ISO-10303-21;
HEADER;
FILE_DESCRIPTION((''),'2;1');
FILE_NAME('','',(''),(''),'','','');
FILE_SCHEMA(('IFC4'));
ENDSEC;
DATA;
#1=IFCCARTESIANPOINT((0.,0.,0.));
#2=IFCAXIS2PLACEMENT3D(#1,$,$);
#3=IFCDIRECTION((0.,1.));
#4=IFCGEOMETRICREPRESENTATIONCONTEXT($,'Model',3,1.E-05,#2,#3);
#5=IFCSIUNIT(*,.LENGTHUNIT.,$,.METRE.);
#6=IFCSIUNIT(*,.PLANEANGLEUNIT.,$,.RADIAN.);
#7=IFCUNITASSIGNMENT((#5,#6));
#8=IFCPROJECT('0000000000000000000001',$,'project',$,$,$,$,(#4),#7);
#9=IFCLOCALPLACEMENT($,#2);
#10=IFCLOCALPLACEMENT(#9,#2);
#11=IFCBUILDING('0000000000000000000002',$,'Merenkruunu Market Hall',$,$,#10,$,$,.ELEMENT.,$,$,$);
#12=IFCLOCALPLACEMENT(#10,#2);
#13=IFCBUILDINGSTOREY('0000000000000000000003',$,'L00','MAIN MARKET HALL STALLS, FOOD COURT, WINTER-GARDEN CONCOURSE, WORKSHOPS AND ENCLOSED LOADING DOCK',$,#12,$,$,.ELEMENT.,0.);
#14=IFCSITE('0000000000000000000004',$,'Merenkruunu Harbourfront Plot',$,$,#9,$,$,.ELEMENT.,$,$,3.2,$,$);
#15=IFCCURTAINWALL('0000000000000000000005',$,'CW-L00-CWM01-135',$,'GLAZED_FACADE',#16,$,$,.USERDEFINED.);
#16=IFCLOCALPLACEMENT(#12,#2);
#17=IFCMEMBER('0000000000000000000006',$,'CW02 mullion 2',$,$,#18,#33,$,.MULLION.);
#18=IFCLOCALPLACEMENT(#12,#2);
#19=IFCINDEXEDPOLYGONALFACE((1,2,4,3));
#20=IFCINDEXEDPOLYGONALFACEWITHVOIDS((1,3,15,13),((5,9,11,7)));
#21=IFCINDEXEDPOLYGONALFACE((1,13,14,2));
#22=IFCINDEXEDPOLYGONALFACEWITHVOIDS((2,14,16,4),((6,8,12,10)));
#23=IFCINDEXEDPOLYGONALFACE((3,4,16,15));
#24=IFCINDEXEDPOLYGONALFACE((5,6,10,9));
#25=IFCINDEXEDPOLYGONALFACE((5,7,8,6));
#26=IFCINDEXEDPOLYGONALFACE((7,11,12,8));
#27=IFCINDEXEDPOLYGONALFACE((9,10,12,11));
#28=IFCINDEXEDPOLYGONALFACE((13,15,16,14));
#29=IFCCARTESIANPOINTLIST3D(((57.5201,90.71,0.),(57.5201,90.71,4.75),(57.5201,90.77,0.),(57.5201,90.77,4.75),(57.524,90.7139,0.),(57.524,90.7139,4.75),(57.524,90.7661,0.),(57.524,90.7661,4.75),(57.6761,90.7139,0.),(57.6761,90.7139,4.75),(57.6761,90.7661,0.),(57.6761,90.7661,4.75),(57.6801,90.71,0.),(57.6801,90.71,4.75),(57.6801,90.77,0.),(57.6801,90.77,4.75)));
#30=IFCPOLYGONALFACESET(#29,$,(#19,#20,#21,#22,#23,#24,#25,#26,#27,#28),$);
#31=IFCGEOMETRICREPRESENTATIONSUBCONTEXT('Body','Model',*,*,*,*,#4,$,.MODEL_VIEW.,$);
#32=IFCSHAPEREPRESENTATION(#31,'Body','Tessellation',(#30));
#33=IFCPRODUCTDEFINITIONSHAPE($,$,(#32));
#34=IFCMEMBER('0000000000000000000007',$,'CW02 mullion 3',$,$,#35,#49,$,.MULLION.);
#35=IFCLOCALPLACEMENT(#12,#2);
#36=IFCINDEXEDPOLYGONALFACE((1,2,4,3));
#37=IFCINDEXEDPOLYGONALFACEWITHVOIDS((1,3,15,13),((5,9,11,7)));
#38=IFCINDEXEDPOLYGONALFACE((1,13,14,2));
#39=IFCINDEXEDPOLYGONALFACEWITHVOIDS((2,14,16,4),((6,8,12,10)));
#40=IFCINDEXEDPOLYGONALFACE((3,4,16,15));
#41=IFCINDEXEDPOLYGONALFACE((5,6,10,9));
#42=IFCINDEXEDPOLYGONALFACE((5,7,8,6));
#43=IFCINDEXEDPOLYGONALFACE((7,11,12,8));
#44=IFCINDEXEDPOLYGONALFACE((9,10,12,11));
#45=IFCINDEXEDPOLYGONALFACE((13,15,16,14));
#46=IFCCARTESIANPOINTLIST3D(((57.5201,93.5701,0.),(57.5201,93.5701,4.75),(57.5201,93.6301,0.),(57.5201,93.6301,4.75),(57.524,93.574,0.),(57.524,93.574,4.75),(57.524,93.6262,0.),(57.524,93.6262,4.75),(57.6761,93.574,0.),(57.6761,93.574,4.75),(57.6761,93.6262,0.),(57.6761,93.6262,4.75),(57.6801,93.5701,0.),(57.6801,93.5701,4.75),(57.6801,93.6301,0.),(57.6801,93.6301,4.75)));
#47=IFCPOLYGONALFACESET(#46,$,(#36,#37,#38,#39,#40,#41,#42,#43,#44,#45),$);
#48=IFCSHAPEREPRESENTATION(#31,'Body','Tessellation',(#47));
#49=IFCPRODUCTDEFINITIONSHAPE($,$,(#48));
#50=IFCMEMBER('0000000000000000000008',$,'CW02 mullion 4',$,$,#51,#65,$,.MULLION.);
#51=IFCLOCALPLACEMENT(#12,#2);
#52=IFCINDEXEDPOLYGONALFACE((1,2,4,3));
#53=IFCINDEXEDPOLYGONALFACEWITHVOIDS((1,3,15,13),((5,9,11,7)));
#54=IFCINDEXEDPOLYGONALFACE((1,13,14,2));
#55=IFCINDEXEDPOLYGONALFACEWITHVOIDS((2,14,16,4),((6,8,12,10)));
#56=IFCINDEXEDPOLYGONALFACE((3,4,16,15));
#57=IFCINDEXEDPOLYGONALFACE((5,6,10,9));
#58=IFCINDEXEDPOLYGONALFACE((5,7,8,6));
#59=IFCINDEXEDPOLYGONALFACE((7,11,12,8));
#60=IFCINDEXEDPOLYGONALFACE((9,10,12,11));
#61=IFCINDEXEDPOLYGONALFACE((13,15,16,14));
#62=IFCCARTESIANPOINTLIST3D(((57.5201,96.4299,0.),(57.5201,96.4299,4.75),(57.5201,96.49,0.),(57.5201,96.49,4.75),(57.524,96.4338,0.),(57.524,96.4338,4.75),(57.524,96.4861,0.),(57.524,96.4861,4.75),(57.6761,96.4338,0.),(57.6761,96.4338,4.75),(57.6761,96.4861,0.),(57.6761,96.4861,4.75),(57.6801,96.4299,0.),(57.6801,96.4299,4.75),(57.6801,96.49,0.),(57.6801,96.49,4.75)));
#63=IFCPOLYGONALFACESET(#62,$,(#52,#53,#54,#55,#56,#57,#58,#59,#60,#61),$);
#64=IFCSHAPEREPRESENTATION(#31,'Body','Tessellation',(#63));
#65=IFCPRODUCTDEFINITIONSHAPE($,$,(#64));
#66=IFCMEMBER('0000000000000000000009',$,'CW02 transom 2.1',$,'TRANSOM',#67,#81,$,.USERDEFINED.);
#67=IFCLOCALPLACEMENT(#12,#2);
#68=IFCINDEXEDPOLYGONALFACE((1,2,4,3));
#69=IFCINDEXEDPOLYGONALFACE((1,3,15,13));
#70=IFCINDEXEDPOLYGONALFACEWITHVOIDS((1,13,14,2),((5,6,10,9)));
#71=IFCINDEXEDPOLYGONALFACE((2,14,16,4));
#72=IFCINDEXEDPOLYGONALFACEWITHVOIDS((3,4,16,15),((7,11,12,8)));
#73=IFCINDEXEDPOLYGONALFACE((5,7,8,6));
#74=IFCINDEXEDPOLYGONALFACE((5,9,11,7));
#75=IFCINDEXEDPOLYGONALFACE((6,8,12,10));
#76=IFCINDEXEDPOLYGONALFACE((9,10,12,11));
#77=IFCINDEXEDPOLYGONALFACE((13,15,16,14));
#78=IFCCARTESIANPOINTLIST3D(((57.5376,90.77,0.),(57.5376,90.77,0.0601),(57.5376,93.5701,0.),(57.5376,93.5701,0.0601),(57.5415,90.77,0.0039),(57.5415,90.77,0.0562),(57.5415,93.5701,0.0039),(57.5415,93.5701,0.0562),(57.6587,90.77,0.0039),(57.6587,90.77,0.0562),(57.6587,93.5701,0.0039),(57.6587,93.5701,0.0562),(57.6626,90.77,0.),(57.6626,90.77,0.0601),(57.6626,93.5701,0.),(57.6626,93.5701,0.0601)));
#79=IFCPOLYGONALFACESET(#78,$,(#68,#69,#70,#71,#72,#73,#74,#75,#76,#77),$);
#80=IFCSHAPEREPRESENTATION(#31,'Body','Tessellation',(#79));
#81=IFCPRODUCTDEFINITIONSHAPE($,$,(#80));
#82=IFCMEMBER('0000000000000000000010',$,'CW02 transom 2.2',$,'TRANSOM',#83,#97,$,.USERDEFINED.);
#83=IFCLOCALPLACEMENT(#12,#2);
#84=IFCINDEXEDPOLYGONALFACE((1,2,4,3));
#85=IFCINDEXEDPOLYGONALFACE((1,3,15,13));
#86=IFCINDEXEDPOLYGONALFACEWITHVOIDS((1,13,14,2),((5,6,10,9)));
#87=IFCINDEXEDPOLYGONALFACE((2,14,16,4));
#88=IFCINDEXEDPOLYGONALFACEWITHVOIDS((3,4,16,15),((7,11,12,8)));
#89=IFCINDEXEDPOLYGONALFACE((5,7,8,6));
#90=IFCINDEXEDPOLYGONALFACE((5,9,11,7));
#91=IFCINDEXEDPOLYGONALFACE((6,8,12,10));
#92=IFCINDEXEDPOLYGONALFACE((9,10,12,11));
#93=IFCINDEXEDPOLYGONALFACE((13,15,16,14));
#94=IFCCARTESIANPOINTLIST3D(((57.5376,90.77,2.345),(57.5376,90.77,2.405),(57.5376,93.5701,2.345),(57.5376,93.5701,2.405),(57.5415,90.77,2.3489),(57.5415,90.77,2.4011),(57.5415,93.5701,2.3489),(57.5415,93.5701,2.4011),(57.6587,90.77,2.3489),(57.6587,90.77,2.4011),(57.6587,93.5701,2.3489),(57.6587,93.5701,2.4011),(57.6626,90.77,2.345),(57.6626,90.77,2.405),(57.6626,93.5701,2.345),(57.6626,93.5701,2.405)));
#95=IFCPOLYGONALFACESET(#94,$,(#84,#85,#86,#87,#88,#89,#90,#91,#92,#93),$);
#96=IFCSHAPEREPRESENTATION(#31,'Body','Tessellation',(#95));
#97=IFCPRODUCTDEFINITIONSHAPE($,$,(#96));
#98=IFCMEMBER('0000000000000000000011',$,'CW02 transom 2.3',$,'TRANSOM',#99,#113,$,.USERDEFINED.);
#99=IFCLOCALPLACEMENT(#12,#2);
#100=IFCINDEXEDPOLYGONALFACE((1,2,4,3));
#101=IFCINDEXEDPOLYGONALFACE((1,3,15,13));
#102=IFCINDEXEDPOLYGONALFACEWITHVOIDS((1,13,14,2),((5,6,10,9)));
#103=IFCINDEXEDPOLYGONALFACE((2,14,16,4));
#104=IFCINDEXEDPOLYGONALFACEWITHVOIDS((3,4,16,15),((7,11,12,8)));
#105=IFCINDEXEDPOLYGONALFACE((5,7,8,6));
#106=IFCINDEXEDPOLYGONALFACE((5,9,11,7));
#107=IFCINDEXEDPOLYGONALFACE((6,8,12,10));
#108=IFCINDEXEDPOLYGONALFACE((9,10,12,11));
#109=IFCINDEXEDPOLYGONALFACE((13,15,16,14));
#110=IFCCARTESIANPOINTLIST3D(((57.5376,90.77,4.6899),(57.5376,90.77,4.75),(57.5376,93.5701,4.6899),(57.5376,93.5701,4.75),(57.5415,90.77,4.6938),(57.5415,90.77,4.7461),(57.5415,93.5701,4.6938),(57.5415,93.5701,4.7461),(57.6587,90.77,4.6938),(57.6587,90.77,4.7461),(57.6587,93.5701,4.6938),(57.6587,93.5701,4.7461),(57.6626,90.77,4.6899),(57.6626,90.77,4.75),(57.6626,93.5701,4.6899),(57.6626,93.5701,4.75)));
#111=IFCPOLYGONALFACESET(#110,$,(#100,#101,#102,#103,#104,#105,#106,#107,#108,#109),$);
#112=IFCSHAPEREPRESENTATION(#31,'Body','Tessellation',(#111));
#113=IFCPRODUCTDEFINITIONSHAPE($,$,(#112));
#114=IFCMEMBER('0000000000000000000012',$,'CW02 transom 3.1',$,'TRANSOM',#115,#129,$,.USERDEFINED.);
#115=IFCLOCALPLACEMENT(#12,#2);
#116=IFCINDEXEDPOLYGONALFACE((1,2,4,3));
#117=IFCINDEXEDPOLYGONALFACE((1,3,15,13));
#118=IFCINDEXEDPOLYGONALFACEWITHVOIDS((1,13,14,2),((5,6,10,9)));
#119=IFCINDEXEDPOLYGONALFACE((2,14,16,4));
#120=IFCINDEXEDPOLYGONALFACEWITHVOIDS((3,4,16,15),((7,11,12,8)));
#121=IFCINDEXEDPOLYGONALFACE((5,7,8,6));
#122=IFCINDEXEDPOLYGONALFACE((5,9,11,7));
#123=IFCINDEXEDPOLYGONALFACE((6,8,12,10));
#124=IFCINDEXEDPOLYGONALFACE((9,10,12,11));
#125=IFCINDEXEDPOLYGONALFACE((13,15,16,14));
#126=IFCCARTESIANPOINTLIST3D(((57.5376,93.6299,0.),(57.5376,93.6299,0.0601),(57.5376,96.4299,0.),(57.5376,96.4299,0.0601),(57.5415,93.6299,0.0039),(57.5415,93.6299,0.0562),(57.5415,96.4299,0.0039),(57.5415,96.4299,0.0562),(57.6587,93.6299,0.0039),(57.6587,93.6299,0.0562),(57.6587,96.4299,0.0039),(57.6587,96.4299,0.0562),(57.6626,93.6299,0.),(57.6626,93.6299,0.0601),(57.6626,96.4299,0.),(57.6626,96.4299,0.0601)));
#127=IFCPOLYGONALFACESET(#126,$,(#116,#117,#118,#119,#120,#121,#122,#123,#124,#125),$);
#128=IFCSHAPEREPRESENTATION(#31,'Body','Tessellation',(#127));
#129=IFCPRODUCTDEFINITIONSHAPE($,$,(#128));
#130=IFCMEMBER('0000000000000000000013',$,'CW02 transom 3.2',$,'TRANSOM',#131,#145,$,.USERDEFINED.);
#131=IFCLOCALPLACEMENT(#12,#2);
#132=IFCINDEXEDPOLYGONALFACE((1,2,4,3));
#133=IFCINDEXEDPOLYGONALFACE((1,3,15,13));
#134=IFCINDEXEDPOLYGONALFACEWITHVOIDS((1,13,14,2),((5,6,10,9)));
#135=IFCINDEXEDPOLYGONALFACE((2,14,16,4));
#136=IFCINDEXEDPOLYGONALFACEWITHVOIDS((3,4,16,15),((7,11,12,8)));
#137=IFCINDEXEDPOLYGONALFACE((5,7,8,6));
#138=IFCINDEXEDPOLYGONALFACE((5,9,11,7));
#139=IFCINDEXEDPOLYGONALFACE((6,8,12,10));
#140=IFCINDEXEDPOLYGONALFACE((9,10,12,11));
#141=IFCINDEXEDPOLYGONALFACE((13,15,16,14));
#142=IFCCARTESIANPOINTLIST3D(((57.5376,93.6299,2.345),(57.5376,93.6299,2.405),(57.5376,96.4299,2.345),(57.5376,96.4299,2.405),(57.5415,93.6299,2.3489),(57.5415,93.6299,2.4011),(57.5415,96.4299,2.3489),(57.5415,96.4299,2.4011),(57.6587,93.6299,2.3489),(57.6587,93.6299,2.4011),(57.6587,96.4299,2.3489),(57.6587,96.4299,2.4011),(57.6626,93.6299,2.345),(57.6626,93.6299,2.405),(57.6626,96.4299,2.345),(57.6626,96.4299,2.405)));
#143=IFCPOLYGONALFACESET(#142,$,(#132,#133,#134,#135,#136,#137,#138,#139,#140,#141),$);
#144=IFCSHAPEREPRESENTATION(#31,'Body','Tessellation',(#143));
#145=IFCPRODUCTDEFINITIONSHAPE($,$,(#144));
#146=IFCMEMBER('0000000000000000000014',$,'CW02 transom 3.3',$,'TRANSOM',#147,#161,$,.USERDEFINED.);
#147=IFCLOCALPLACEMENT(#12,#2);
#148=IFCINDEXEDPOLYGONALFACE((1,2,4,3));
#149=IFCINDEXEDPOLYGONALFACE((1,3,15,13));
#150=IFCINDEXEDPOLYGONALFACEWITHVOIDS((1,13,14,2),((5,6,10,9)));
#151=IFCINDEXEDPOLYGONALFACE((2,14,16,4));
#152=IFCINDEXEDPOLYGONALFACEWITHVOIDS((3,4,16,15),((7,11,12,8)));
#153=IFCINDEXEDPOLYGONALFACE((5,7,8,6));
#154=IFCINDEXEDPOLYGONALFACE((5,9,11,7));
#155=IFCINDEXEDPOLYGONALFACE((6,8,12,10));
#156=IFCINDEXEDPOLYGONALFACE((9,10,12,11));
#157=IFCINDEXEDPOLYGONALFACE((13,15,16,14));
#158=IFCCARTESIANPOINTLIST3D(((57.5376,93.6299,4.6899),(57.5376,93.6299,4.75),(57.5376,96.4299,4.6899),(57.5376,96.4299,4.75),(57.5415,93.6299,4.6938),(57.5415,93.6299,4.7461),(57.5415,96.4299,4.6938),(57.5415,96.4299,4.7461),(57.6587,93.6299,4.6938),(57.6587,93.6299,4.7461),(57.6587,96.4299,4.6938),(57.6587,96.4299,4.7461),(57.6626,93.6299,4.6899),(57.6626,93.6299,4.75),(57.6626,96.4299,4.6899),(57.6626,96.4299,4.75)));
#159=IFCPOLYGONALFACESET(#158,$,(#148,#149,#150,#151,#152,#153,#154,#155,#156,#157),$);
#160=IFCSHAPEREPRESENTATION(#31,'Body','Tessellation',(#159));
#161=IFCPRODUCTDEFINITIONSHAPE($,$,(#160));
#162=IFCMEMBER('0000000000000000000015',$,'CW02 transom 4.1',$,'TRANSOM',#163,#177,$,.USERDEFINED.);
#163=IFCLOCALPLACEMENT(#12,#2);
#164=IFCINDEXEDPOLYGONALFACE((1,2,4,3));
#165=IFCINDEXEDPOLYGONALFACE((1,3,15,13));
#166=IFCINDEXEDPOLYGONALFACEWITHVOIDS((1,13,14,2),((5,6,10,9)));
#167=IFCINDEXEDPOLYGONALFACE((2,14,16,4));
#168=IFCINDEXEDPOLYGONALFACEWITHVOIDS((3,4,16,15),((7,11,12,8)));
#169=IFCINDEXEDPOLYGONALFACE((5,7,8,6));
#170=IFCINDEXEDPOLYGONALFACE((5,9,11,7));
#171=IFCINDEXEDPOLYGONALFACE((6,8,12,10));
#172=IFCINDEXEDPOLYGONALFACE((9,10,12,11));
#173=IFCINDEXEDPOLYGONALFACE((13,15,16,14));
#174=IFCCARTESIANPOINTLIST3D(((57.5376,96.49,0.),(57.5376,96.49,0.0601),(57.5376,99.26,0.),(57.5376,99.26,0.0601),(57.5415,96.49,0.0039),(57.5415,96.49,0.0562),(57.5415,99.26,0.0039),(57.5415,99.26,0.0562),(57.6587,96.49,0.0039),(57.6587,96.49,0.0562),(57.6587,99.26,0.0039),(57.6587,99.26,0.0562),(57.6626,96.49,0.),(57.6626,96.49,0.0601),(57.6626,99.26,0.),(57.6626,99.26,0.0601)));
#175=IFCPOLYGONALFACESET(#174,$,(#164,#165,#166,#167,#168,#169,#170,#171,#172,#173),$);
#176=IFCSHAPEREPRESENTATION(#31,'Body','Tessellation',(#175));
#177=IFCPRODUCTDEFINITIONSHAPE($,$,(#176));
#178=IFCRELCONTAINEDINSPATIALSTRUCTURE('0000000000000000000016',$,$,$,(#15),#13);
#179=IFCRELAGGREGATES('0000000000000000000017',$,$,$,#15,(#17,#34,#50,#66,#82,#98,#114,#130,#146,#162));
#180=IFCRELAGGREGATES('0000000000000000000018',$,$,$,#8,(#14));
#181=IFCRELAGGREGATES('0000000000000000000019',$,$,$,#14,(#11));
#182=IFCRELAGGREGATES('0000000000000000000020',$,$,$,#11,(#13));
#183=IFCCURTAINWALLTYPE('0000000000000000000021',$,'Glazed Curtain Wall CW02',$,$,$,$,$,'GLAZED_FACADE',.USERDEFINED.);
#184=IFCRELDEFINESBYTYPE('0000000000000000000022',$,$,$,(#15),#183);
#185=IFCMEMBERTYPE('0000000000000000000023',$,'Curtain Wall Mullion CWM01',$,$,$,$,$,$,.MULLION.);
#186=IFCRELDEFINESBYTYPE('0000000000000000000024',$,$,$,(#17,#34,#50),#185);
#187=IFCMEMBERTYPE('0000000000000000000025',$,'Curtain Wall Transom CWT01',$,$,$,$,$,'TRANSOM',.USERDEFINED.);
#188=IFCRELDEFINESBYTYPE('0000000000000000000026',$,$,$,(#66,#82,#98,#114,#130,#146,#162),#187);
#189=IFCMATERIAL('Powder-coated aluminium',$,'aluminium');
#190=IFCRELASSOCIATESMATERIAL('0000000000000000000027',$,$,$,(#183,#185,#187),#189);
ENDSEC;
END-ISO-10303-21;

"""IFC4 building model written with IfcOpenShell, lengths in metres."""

from ifc_helpers import new_model, si_unit, direction, frame, origin, origin_2d, place, context, subcontext, project, spatial, hollow_rectangle, extrude, material, material_profile, profile_set, type_object, element, aggregate, save


model = new_model("IFC4")

# Units and contexts
model_context = context("Model", 3, precision=1e-05, world=origin(), true_north=direction((0.0, 1.0)))
body_context = subcontext(model_context, "Body", "Model", "MODEL_VIEW")
ifc_project = project(units=[si_unit("LENGTHUNIT", "METRE"), si_unit("PLANEANGLEUNIT", "RADIAN")], contexts=[model_context])

# Site, building, storey
site_placement = place(None, origin())
site = spatial("IfcSite", under=ifc_project, at=site_placement, Name="Merenkruunu Harbourfront Plot", CompositionType="ELEMENT", RefElevation=3.2)
building_placement = place(site_placement, origin())
building = spatial("IfcBuilding", under=site, at=building_placement, Name="Merenkruunu Market Hall", CompositionType="ELEMENT")
storey_placement = place(building_placement, origin())
storey = spatial("IfcBuildingStorey", under=building, at=storey_placement, Name="L00", Description="MAIN MARKET HALL STALLS, FOOD COURT, WINTER-GARDEN CONCOURSE, WORKSHOPS AND ENCLOSED LOADING DOCK", CompositionType="ELEMENT", Elevation=0.0)

# Curtain wall, members
ifc_material_1 = material(Name="Powder-coated aluminium", Category="aluminium")
curtain_wall_type = type_object("IfcCurtainWallType", Name="Glazed Curtain Wall CW02", ElementType="GLAZED_FACADE", PredefinedType="USERDEFINED", material=ifc_material_1)
curtain_wall_placement = place(storey_placement, origin())
curtain_wall = element("IfcCurtainWall", 1, at=curtain_wall_placement, inside=storey, type_object=curtain_wall_type, Name="CW-L00-CWM01-135", ObjectType="GLAZED_FACADE", PredefinedType="USERDEFINED")
ifc_material_profile_1 = material_profile(ifc_material_1, hollow_rectangle(XDim=0.0601, YDim=0.1599, WallThickness=0.0039, at=origin_2d()), Name="ALU 60x160x4")
ifc_profile_set_1 = profile_set([ifc_material_profile_1], Name="Powder-coated aluminium")
member_type_1 = type_object("IfcMemberType", Name="Curtain Wall Mullion CWM01", PredefinedType="MULLION", material=ifc_profile_set_1)
member_1_placement = place(storey_placement, frame((57.6001, 90.74, 0.0), z_axis=(0.0, 0.0, 1.0), x_axis=(0.0, 1.0, 0.0)))
member_1 = element("IfcMember", 2, at=member_1_placement, type_object=member_type_1, Name="CW02 mullion 2", PredefinedType="MULLION", context=body_context, shape_type="SweptSolid", body=[
    extrude(hollow_rectangle(XDim=0.0601, YDim=0.1599, WallThickness=0.0039, at=origin_2d()), origin(), (0.0, 0.0, 1.0), 4.75),
])
member_2_placement = place(storey_placement, frame((57.6001, 93.6001, 0.0), z_axis=(0.0, 0.0, 1.0), x_axis=(0.0, 1.0, 0.0)))
member_2 = element("IfcMember", 3, at=member_2_placement, type_object=member_type_1, Name="CW02 mullion 3", PredefinedType="MULLION", context=body_context, shape_type="SweptSolid", body=[
    extrude(hollow_rectangle(XDim=0.0601, YDim=0.1599, WallThickness=0.0039, at=origin_2d()), origin(), (0.0, 0.0, 1.0), 4.75),
])
member_3_placement = place(storey_placement, frame((57.6001, 96.46, 0.0), z_axis=(0.0, 0.0, 1.0), x_axis=(0.0, 1.0, 0.0)))
member_3 = element("IfcMember", 4, at=member_3_placement, type_object=member_type_1, Name="CW02 mullion 4", PredefinedType="MULLION", context=body_context, shape_type="SweptSolid", body=[
    extrude(hollow_rectangle(XDim=0.0601, YDim=0.1599, WallThickness=0.0039, at=origin_2d()), origin(), (0.0, 0.0, 1.0), 4.75),
])
ifc_material_profile_2 = material_profile(ifc_material_1, hollow_rectangle(XDim=0.0601, YDim=0.125, WallThickness=0.0039, at=origin_2d()), Name="ALU 60x125x4")
ifc_profile_set_2 = profile_set([ifc_material_profile_2], Name="Powder-coated aluminium")
member_type_2 = type_object("IfcMemberType", Name="Curtain Wall Transom CWT01", ElementType="TRANSOM", PredefinedType="USERDEFINED", material=ifc_profile_set_2)
member_4_placement = place(storey_placement, frame((57.6001, 90.77, 0.03), z_axis=(0.0, 1.0, 0.0), x_axis=(0.0, 0.0, 1.0)))
member_4 = element("IfcMember", 5, at=member_4_placement, type_object=member_type_2, Name="CW02 transom 2.1", ObjectType="TRANSOM", PredefinedType="USERDEFINED", context=body_context, shape_type="SweptSolid", body=[
    extrude(hollow_rectangle(XDim=0.0601, YDim=0.125, WallThickness=0.0039, at=origin_2d()), origin(), (0.0, 0.0, 1.0), 2.8),
])
member_5_placement = place(storey_placement, frame((57.6001, 90.77, 2.375), z_axis=(0.0, 1.0, 0.0), x_axis=(0.0, 0.0, 1.0)))
member_5 = element("IfcMember", 6, at=member_5_placement, type_object=member_type_2, Name="CW02 transom 2.2", ObjectType="TRANSOM", PredefinedType="USERDEFINED", context=body_context, shape_type="SweptSolid", body=[
    extrude(hollow_rectangle(XDim=0.0601, YDim=0.125, WallThickness=0.0039, at=origin_2d()), origin(), (0.0, 0.0, 1.0), 2.8),
])
member_6_placement = place(storey_placement, frame((57.6001, 90.77, 4.72), z_axis=(0.0, 1.0, 0.0), x_axis=(0.0, 0.0, 1.0)))
member_6 = element("IfcMember", 7, at=member_6_placement, type_object=member_type_2, Name="CW02 transom 2.3", ObjectType="TRANSOM", PredefinedType="USERDEFINED", context=body_context, shape_type="SweptSolid", body=[
    extrude(hollow_rectangle(XDim=0.0601, YDim=0.125, WallThickness=0.0039, at=origin_2d()), origin(), (0.0, 0.0, 1.0), 2.8),
])
member_7_placement = place(storey_placement, frame((57.6001, 93.6299, 0.03), z_axis=(0.0, 1.0, 0.0), x_axis=(0.0, 0.0, 1.0)))
member_7 = element("IfcMember", 8, at=member_7_placement, type_object=member_type_2, Name="CW02 transom 3.1", ObjectType="TRANSOM", PredefinedType="USERDEFINED", context=body_context, shape_type="SweptSolid", body=[
    extrude(hollow_rectangle(XDim=0.0601, YDim=0.125, WallThickness=0.0039, at=origin_2d()), origin(), (0.0, 0.0, 1.0), 2.8),
])
member_8_placement = place(storey_placement, frame((57.6001, 93.6299, 2.375), z_axis=(0.0, 1.0, 0.0), x_axis=(0.0, 0.0, 1.0)))
member_8 = element("IfcMember", 9, at=member_8_placement, type_object=member_type_2, Name="CW02 transom 3.2", ObjectType="TRANSOM", PredefinedType="USERDEFINED", context=body_context, shape_type="SweptSolid", body=[
    extrude(hollow_rectangle(XDim=0.0601, YDim=0.125, WallThickness=0.0039, at=origin_2d()), origin(), (0.0, 0.0, 1.0), 2.8),
])
member_9_placement = place(storey_placement, frame((57.6001, 93.6299, 4.72), z_axis=(0.0, 1.0, 0.0), x_axis=(0.0, 0.0, 1.0)))
member_9 = element("IfcMember", 10, at=member_9_placement, type_object=member_type_2, Name="CW02 transom 3.3", ObjectType="TRANSOM", PredefinedType="USERDEFINED", context=body_context, shape_type="SweptSolid", body=[
    extrude(hollow_rectangle(XDim=0.0601, YDim=0.125, WallThickness=0.0039, at=origin_2d()), origin(), (0.0, 0.0, 1.0), 2.8),
])
member_10_placement = place(storey_placement, frame((57.6001, 96.49, 0.03), z_axis=(0.0, 1.0, 0.0), x_axis=(0.0, 0.0, 1.0)))
member_10 = element("IfcMember", 11, at=member_10_placement, type_object=member_type_2, Name="CW02 transom 4.1", ObjectType="TRANSOM", PredefinedType="USERDEFINED", context=body_context, shape_type="SweptSolid", body=[
    extrude(hollow_rectangle(XDim=0.0601, YDim=0.125, WallThickness=0.0039, at=origin_2d()), origin(), (0.0, 0.0, 1.0), 2.77),
])

aggregate(curtain_wall, [member_1, member_2, member_3, member_4, member_5, member_6, member_7, member_8, member_9, member_10])

save(model, "model.ifc")
